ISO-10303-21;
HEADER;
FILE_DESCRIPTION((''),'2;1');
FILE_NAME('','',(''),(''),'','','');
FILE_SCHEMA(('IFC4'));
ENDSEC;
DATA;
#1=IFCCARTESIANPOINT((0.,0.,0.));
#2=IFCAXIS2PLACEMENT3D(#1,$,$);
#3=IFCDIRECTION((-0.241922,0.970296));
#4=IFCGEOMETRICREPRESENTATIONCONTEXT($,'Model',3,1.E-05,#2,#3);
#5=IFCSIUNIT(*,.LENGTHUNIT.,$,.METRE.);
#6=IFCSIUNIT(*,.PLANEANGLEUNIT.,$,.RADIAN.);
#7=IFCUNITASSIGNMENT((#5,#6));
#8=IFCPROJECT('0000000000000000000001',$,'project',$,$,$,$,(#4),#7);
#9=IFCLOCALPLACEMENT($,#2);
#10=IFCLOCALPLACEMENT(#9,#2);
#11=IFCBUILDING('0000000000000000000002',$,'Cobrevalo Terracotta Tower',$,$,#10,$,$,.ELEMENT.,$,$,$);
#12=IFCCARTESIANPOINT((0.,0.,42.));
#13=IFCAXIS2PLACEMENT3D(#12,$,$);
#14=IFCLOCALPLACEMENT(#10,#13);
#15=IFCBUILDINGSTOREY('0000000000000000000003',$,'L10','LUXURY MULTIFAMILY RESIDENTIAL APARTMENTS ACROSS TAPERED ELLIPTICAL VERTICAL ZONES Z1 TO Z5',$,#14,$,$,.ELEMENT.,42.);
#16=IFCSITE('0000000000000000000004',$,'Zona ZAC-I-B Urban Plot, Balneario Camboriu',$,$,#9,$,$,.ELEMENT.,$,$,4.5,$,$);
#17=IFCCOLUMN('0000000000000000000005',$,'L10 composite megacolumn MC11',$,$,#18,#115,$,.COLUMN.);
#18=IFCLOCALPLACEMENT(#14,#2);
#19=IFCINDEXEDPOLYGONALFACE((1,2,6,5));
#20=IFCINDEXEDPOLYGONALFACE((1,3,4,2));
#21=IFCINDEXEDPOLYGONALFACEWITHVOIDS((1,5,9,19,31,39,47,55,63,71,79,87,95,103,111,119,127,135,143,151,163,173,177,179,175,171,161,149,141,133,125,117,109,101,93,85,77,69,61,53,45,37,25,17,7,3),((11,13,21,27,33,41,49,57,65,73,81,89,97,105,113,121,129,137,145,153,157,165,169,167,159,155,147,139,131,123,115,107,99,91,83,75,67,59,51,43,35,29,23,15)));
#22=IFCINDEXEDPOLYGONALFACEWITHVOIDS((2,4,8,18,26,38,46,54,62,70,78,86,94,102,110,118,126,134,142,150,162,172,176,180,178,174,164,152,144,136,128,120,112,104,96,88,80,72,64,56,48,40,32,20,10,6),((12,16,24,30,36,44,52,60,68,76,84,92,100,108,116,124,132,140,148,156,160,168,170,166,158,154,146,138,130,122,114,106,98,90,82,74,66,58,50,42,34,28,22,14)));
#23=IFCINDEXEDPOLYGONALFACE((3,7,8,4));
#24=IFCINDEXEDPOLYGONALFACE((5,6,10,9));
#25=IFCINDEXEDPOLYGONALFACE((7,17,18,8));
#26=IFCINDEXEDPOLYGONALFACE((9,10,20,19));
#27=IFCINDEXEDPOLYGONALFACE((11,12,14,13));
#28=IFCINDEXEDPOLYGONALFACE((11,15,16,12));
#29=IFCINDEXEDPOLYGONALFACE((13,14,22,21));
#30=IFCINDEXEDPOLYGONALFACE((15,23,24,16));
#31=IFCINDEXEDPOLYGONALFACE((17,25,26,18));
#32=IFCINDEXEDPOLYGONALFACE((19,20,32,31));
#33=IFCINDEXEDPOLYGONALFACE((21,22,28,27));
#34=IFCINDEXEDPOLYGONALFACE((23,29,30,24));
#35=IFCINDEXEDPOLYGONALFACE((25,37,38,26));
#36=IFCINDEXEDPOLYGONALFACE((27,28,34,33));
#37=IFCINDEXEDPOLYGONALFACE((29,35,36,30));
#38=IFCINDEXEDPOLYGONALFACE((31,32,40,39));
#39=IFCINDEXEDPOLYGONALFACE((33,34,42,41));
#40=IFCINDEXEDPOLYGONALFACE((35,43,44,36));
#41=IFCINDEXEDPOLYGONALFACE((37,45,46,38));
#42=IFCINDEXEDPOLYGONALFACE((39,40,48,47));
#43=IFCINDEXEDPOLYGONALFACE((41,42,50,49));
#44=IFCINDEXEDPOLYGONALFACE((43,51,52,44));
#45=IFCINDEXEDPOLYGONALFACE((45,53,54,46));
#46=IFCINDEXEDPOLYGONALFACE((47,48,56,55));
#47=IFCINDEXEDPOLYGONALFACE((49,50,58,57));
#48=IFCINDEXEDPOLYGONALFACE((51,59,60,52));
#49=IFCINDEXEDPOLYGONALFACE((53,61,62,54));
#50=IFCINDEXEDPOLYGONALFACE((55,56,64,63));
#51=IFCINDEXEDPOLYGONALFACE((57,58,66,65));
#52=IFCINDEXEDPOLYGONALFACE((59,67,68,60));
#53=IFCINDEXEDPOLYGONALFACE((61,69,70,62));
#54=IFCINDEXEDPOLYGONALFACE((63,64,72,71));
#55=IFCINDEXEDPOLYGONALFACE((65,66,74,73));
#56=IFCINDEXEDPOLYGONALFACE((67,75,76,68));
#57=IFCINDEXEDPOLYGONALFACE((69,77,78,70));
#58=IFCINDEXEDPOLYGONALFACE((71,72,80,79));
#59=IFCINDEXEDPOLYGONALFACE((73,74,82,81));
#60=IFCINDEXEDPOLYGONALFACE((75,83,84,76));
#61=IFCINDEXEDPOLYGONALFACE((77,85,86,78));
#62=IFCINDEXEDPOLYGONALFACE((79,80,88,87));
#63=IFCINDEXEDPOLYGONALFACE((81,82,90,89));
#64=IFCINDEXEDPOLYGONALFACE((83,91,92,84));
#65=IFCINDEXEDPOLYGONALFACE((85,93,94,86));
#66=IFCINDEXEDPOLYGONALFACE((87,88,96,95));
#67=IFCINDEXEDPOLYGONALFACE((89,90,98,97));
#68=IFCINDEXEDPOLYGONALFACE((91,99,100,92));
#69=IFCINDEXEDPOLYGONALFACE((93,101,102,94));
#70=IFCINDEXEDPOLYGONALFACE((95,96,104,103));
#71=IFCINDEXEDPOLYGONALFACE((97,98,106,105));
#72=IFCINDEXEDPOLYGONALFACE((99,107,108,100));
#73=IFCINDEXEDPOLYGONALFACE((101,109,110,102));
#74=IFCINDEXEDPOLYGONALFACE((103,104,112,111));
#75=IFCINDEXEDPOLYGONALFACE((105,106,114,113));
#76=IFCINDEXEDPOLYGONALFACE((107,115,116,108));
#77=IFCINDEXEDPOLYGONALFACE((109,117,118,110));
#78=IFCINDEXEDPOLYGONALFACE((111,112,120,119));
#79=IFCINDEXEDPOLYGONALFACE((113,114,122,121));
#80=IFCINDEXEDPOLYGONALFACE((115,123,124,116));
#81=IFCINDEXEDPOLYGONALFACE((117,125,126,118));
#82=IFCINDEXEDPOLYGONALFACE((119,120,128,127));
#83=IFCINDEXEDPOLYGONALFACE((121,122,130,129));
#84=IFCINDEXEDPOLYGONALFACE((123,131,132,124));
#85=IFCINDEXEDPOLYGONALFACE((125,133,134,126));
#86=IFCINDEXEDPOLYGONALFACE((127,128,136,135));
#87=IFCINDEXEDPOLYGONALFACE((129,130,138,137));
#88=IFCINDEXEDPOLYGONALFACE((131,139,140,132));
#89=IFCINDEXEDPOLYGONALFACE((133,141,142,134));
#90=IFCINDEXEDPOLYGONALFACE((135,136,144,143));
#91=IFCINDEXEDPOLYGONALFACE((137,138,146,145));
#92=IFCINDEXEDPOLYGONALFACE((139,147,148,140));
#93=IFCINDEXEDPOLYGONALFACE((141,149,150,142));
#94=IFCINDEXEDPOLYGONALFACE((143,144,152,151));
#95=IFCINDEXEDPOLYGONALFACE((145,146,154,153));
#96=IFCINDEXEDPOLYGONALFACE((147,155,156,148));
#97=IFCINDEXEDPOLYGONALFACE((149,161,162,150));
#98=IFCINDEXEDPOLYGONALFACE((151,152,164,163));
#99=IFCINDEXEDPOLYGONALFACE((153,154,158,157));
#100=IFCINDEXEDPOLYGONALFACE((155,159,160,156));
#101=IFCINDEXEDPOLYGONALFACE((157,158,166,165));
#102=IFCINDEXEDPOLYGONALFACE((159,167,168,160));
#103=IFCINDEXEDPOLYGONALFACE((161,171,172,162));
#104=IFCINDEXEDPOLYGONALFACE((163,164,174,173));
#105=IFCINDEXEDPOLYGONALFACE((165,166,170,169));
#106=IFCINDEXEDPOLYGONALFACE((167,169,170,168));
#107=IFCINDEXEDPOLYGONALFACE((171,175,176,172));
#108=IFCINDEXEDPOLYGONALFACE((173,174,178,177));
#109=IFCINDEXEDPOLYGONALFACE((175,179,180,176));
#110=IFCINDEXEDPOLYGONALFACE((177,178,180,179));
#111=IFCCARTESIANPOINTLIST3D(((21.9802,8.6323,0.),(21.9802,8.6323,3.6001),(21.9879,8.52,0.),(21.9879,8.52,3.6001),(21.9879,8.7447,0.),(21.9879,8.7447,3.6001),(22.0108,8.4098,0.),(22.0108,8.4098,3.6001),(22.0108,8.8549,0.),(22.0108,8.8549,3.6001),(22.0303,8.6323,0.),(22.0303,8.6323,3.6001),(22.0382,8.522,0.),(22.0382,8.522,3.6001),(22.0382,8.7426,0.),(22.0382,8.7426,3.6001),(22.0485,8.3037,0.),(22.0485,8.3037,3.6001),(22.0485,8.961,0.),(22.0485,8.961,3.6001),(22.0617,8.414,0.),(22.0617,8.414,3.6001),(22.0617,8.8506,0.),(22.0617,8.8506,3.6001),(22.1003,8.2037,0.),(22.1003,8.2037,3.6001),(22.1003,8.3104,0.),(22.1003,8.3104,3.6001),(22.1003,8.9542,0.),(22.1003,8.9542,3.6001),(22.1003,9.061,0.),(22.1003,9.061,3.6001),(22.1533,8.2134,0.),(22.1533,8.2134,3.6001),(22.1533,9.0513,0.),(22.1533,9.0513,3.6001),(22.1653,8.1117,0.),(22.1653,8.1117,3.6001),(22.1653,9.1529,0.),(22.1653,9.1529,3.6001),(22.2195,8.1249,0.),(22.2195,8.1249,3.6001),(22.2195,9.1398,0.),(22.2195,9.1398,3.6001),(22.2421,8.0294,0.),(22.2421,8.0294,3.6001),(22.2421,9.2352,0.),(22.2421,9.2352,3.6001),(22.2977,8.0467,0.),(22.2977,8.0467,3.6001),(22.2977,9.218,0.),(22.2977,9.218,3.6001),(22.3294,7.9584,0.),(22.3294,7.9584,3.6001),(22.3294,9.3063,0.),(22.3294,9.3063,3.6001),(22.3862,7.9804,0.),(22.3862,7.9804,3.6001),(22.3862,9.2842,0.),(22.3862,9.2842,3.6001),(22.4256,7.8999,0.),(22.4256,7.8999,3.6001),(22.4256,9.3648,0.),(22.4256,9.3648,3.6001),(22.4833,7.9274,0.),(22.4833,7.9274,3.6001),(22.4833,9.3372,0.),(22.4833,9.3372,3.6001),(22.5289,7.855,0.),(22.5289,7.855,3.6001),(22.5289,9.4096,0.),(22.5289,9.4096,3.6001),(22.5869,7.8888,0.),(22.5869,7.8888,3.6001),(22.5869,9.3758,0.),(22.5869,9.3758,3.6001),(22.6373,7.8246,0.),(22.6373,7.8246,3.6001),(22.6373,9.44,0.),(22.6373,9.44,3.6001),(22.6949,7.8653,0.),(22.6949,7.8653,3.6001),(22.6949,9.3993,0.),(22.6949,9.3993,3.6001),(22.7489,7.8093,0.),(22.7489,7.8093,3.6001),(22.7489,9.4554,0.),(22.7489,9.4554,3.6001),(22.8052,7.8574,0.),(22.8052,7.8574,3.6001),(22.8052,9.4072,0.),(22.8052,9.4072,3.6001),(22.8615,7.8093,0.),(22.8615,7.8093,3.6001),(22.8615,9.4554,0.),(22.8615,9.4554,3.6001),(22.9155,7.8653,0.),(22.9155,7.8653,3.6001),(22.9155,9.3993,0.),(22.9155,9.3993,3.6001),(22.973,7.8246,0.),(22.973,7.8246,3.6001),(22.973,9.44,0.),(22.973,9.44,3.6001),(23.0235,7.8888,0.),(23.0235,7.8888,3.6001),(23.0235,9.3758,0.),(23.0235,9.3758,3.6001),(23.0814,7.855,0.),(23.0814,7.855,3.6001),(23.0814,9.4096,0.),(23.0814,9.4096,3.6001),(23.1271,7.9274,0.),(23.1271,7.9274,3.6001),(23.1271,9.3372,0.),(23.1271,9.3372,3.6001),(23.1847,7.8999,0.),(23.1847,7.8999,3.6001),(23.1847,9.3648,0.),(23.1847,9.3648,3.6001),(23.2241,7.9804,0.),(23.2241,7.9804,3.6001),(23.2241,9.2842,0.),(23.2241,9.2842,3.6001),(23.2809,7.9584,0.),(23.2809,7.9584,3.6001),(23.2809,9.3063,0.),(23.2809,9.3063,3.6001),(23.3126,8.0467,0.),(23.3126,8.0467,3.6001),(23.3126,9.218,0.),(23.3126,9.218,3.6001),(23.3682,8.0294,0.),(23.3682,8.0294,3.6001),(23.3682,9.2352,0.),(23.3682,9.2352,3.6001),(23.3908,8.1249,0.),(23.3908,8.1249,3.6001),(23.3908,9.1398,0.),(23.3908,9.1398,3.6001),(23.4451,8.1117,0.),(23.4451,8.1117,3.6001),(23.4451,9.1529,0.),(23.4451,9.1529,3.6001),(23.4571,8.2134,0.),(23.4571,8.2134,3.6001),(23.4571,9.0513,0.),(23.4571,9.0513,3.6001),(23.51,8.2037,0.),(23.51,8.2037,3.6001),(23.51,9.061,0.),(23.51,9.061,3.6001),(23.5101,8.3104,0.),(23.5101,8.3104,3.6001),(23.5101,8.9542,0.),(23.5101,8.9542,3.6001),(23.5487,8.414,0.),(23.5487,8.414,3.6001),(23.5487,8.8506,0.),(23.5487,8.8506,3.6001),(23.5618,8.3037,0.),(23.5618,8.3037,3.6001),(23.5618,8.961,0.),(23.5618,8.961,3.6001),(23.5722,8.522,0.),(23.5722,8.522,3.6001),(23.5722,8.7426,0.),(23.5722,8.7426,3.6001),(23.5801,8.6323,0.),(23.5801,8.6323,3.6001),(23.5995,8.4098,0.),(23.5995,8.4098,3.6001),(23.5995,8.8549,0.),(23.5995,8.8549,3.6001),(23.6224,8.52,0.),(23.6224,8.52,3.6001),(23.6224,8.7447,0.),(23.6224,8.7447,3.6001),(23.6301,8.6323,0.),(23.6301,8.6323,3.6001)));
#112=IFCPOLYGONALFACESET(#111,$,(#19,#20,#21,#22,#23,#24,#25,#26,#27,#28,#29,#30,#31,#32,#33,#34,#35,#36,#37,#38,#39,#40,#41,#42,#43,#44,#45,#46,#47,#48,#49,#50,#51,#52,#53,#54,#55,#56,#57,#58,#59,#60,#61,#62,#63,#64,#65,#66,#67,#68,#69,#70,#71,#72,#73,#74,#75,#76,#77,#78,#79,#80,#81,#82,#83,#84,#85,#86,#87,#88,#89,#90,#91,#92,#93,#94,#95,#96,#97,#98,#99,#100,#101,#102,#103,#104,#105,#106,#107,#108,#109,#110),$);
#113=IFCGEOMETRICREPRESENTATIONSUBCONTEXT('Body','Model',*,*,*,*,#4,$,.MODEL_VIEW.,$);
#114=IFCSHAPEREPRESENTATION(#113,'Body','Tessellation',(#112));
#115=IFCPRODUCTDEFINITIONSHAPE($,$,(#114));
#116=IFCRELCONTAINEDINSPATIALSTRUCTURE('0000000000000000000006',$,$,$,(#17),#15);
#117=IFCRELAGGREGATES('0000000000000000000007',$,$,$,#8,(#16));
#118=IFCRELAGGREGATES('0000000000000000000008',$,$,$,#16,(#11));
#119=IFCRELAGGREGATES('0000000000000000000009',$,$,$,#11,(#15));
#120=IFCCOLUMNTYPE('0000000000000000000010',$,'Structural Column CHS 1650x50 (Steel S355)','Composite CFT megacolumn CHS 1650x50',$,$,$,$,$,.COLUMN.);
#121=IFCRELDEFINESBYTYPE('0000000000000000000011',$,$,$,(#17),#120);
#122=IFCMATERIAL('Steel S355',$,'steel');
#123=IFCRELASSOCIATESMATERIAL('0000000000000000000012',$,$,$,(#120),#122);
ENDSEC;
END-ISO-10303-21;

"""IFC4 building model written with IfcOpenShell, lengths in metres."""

from ifc_helpers import new_model, si_unit, direction, frame, origin, origin_2d, place, context, subcontext, project, spatial, hollow_circle, extrude, material, material_profile, profile_set, type_object, element, save


model = new_model("IFC4")

# Units and contexts
model_context = context("Model", 3, precision=1e-05, world=origin(), true_north=direction((-0.241922, 0.970296)))
body_context = subcontext(model_context, "Body", "Model", "MODEL_VIEW")
ifc_project = project(units=[si_unit("LENGTHUNIT", "METRE"), si_unit("PLANEANGLEUNIT", "RADIAN")], contexts=[model_context])

# Site, building, storey
site_placement = place(None, origin())
site = spatial("IfcSite", under=ifc_project, at=site_placement, Name="Zona ZAC-I-B Urban Plot, Balneario Camboriu", CompositionType="ELEMENT", RefElevation=4.5)
building_placement = place(site_placement, origin())
building = spatial("IfcBuilding", under=site, at=building_placement, Name="Cobrevalo Terracotta Tower", CompositionType="ELEMENT")
storey_placement = place(building_placement, frame((0.0, 0.0, 42.0)))
storey = spatial("IfcBuildingStorey", under=building, at=storey_placement, Name="L10", Description="LUXURY MULTIFAMILY RESIDENTIAL APARTMENTS ACROSS TAPERED ELLIPTICAL VERTICAL ZONES Z1 TO Z5", CompositionType="ELEMENT", Elevation=42.0)

# Column
ifc_material_1 = material(Name="Steel S355", Category="steel")
ifc_material_profile_1 = material_profile(ifc_material_1, hollow_circle(Radius=0.825, WallThickness=0.05, at=origin_2d()), Name="CHS 1650x50")
ifc_profile_set_1 = profile_set([ifc_material_profile_1], Name="Steel S355")
column_type = type_object("IfcColumnType", Name="Structural Column CHS 1650x50 (Steel S355)", Description="Composite CFT megacolumn CHS 1650x50", PredefinedType="COLUMN", material=ifc_profile_set_1)
for number, where, z_axis, x_axis, name in (
    (1, (22.8052, 8.6323, 0.0), (0.0, 0.0, 1.0), (1.0, 0.0, 0.0), "L10 composite megacolumn MC11"),
):
    element("IfcColumn", number, at=place(storey_placement, frame(where, z_axis=z_axis, x_axis=x_axis)), inside=storey, type_object=column_type, Name=name, PredefinedType="COLUMN", context=body_context, shape_type="SweptSolid", body=[
        extrude(hollow_circle(Radius=0.825, WallThickness=0.05, at=origin_2d()), origin(), (0.0, 0.0, 1.0), 3.6001),
    ])

save(model, "model.ifc")
